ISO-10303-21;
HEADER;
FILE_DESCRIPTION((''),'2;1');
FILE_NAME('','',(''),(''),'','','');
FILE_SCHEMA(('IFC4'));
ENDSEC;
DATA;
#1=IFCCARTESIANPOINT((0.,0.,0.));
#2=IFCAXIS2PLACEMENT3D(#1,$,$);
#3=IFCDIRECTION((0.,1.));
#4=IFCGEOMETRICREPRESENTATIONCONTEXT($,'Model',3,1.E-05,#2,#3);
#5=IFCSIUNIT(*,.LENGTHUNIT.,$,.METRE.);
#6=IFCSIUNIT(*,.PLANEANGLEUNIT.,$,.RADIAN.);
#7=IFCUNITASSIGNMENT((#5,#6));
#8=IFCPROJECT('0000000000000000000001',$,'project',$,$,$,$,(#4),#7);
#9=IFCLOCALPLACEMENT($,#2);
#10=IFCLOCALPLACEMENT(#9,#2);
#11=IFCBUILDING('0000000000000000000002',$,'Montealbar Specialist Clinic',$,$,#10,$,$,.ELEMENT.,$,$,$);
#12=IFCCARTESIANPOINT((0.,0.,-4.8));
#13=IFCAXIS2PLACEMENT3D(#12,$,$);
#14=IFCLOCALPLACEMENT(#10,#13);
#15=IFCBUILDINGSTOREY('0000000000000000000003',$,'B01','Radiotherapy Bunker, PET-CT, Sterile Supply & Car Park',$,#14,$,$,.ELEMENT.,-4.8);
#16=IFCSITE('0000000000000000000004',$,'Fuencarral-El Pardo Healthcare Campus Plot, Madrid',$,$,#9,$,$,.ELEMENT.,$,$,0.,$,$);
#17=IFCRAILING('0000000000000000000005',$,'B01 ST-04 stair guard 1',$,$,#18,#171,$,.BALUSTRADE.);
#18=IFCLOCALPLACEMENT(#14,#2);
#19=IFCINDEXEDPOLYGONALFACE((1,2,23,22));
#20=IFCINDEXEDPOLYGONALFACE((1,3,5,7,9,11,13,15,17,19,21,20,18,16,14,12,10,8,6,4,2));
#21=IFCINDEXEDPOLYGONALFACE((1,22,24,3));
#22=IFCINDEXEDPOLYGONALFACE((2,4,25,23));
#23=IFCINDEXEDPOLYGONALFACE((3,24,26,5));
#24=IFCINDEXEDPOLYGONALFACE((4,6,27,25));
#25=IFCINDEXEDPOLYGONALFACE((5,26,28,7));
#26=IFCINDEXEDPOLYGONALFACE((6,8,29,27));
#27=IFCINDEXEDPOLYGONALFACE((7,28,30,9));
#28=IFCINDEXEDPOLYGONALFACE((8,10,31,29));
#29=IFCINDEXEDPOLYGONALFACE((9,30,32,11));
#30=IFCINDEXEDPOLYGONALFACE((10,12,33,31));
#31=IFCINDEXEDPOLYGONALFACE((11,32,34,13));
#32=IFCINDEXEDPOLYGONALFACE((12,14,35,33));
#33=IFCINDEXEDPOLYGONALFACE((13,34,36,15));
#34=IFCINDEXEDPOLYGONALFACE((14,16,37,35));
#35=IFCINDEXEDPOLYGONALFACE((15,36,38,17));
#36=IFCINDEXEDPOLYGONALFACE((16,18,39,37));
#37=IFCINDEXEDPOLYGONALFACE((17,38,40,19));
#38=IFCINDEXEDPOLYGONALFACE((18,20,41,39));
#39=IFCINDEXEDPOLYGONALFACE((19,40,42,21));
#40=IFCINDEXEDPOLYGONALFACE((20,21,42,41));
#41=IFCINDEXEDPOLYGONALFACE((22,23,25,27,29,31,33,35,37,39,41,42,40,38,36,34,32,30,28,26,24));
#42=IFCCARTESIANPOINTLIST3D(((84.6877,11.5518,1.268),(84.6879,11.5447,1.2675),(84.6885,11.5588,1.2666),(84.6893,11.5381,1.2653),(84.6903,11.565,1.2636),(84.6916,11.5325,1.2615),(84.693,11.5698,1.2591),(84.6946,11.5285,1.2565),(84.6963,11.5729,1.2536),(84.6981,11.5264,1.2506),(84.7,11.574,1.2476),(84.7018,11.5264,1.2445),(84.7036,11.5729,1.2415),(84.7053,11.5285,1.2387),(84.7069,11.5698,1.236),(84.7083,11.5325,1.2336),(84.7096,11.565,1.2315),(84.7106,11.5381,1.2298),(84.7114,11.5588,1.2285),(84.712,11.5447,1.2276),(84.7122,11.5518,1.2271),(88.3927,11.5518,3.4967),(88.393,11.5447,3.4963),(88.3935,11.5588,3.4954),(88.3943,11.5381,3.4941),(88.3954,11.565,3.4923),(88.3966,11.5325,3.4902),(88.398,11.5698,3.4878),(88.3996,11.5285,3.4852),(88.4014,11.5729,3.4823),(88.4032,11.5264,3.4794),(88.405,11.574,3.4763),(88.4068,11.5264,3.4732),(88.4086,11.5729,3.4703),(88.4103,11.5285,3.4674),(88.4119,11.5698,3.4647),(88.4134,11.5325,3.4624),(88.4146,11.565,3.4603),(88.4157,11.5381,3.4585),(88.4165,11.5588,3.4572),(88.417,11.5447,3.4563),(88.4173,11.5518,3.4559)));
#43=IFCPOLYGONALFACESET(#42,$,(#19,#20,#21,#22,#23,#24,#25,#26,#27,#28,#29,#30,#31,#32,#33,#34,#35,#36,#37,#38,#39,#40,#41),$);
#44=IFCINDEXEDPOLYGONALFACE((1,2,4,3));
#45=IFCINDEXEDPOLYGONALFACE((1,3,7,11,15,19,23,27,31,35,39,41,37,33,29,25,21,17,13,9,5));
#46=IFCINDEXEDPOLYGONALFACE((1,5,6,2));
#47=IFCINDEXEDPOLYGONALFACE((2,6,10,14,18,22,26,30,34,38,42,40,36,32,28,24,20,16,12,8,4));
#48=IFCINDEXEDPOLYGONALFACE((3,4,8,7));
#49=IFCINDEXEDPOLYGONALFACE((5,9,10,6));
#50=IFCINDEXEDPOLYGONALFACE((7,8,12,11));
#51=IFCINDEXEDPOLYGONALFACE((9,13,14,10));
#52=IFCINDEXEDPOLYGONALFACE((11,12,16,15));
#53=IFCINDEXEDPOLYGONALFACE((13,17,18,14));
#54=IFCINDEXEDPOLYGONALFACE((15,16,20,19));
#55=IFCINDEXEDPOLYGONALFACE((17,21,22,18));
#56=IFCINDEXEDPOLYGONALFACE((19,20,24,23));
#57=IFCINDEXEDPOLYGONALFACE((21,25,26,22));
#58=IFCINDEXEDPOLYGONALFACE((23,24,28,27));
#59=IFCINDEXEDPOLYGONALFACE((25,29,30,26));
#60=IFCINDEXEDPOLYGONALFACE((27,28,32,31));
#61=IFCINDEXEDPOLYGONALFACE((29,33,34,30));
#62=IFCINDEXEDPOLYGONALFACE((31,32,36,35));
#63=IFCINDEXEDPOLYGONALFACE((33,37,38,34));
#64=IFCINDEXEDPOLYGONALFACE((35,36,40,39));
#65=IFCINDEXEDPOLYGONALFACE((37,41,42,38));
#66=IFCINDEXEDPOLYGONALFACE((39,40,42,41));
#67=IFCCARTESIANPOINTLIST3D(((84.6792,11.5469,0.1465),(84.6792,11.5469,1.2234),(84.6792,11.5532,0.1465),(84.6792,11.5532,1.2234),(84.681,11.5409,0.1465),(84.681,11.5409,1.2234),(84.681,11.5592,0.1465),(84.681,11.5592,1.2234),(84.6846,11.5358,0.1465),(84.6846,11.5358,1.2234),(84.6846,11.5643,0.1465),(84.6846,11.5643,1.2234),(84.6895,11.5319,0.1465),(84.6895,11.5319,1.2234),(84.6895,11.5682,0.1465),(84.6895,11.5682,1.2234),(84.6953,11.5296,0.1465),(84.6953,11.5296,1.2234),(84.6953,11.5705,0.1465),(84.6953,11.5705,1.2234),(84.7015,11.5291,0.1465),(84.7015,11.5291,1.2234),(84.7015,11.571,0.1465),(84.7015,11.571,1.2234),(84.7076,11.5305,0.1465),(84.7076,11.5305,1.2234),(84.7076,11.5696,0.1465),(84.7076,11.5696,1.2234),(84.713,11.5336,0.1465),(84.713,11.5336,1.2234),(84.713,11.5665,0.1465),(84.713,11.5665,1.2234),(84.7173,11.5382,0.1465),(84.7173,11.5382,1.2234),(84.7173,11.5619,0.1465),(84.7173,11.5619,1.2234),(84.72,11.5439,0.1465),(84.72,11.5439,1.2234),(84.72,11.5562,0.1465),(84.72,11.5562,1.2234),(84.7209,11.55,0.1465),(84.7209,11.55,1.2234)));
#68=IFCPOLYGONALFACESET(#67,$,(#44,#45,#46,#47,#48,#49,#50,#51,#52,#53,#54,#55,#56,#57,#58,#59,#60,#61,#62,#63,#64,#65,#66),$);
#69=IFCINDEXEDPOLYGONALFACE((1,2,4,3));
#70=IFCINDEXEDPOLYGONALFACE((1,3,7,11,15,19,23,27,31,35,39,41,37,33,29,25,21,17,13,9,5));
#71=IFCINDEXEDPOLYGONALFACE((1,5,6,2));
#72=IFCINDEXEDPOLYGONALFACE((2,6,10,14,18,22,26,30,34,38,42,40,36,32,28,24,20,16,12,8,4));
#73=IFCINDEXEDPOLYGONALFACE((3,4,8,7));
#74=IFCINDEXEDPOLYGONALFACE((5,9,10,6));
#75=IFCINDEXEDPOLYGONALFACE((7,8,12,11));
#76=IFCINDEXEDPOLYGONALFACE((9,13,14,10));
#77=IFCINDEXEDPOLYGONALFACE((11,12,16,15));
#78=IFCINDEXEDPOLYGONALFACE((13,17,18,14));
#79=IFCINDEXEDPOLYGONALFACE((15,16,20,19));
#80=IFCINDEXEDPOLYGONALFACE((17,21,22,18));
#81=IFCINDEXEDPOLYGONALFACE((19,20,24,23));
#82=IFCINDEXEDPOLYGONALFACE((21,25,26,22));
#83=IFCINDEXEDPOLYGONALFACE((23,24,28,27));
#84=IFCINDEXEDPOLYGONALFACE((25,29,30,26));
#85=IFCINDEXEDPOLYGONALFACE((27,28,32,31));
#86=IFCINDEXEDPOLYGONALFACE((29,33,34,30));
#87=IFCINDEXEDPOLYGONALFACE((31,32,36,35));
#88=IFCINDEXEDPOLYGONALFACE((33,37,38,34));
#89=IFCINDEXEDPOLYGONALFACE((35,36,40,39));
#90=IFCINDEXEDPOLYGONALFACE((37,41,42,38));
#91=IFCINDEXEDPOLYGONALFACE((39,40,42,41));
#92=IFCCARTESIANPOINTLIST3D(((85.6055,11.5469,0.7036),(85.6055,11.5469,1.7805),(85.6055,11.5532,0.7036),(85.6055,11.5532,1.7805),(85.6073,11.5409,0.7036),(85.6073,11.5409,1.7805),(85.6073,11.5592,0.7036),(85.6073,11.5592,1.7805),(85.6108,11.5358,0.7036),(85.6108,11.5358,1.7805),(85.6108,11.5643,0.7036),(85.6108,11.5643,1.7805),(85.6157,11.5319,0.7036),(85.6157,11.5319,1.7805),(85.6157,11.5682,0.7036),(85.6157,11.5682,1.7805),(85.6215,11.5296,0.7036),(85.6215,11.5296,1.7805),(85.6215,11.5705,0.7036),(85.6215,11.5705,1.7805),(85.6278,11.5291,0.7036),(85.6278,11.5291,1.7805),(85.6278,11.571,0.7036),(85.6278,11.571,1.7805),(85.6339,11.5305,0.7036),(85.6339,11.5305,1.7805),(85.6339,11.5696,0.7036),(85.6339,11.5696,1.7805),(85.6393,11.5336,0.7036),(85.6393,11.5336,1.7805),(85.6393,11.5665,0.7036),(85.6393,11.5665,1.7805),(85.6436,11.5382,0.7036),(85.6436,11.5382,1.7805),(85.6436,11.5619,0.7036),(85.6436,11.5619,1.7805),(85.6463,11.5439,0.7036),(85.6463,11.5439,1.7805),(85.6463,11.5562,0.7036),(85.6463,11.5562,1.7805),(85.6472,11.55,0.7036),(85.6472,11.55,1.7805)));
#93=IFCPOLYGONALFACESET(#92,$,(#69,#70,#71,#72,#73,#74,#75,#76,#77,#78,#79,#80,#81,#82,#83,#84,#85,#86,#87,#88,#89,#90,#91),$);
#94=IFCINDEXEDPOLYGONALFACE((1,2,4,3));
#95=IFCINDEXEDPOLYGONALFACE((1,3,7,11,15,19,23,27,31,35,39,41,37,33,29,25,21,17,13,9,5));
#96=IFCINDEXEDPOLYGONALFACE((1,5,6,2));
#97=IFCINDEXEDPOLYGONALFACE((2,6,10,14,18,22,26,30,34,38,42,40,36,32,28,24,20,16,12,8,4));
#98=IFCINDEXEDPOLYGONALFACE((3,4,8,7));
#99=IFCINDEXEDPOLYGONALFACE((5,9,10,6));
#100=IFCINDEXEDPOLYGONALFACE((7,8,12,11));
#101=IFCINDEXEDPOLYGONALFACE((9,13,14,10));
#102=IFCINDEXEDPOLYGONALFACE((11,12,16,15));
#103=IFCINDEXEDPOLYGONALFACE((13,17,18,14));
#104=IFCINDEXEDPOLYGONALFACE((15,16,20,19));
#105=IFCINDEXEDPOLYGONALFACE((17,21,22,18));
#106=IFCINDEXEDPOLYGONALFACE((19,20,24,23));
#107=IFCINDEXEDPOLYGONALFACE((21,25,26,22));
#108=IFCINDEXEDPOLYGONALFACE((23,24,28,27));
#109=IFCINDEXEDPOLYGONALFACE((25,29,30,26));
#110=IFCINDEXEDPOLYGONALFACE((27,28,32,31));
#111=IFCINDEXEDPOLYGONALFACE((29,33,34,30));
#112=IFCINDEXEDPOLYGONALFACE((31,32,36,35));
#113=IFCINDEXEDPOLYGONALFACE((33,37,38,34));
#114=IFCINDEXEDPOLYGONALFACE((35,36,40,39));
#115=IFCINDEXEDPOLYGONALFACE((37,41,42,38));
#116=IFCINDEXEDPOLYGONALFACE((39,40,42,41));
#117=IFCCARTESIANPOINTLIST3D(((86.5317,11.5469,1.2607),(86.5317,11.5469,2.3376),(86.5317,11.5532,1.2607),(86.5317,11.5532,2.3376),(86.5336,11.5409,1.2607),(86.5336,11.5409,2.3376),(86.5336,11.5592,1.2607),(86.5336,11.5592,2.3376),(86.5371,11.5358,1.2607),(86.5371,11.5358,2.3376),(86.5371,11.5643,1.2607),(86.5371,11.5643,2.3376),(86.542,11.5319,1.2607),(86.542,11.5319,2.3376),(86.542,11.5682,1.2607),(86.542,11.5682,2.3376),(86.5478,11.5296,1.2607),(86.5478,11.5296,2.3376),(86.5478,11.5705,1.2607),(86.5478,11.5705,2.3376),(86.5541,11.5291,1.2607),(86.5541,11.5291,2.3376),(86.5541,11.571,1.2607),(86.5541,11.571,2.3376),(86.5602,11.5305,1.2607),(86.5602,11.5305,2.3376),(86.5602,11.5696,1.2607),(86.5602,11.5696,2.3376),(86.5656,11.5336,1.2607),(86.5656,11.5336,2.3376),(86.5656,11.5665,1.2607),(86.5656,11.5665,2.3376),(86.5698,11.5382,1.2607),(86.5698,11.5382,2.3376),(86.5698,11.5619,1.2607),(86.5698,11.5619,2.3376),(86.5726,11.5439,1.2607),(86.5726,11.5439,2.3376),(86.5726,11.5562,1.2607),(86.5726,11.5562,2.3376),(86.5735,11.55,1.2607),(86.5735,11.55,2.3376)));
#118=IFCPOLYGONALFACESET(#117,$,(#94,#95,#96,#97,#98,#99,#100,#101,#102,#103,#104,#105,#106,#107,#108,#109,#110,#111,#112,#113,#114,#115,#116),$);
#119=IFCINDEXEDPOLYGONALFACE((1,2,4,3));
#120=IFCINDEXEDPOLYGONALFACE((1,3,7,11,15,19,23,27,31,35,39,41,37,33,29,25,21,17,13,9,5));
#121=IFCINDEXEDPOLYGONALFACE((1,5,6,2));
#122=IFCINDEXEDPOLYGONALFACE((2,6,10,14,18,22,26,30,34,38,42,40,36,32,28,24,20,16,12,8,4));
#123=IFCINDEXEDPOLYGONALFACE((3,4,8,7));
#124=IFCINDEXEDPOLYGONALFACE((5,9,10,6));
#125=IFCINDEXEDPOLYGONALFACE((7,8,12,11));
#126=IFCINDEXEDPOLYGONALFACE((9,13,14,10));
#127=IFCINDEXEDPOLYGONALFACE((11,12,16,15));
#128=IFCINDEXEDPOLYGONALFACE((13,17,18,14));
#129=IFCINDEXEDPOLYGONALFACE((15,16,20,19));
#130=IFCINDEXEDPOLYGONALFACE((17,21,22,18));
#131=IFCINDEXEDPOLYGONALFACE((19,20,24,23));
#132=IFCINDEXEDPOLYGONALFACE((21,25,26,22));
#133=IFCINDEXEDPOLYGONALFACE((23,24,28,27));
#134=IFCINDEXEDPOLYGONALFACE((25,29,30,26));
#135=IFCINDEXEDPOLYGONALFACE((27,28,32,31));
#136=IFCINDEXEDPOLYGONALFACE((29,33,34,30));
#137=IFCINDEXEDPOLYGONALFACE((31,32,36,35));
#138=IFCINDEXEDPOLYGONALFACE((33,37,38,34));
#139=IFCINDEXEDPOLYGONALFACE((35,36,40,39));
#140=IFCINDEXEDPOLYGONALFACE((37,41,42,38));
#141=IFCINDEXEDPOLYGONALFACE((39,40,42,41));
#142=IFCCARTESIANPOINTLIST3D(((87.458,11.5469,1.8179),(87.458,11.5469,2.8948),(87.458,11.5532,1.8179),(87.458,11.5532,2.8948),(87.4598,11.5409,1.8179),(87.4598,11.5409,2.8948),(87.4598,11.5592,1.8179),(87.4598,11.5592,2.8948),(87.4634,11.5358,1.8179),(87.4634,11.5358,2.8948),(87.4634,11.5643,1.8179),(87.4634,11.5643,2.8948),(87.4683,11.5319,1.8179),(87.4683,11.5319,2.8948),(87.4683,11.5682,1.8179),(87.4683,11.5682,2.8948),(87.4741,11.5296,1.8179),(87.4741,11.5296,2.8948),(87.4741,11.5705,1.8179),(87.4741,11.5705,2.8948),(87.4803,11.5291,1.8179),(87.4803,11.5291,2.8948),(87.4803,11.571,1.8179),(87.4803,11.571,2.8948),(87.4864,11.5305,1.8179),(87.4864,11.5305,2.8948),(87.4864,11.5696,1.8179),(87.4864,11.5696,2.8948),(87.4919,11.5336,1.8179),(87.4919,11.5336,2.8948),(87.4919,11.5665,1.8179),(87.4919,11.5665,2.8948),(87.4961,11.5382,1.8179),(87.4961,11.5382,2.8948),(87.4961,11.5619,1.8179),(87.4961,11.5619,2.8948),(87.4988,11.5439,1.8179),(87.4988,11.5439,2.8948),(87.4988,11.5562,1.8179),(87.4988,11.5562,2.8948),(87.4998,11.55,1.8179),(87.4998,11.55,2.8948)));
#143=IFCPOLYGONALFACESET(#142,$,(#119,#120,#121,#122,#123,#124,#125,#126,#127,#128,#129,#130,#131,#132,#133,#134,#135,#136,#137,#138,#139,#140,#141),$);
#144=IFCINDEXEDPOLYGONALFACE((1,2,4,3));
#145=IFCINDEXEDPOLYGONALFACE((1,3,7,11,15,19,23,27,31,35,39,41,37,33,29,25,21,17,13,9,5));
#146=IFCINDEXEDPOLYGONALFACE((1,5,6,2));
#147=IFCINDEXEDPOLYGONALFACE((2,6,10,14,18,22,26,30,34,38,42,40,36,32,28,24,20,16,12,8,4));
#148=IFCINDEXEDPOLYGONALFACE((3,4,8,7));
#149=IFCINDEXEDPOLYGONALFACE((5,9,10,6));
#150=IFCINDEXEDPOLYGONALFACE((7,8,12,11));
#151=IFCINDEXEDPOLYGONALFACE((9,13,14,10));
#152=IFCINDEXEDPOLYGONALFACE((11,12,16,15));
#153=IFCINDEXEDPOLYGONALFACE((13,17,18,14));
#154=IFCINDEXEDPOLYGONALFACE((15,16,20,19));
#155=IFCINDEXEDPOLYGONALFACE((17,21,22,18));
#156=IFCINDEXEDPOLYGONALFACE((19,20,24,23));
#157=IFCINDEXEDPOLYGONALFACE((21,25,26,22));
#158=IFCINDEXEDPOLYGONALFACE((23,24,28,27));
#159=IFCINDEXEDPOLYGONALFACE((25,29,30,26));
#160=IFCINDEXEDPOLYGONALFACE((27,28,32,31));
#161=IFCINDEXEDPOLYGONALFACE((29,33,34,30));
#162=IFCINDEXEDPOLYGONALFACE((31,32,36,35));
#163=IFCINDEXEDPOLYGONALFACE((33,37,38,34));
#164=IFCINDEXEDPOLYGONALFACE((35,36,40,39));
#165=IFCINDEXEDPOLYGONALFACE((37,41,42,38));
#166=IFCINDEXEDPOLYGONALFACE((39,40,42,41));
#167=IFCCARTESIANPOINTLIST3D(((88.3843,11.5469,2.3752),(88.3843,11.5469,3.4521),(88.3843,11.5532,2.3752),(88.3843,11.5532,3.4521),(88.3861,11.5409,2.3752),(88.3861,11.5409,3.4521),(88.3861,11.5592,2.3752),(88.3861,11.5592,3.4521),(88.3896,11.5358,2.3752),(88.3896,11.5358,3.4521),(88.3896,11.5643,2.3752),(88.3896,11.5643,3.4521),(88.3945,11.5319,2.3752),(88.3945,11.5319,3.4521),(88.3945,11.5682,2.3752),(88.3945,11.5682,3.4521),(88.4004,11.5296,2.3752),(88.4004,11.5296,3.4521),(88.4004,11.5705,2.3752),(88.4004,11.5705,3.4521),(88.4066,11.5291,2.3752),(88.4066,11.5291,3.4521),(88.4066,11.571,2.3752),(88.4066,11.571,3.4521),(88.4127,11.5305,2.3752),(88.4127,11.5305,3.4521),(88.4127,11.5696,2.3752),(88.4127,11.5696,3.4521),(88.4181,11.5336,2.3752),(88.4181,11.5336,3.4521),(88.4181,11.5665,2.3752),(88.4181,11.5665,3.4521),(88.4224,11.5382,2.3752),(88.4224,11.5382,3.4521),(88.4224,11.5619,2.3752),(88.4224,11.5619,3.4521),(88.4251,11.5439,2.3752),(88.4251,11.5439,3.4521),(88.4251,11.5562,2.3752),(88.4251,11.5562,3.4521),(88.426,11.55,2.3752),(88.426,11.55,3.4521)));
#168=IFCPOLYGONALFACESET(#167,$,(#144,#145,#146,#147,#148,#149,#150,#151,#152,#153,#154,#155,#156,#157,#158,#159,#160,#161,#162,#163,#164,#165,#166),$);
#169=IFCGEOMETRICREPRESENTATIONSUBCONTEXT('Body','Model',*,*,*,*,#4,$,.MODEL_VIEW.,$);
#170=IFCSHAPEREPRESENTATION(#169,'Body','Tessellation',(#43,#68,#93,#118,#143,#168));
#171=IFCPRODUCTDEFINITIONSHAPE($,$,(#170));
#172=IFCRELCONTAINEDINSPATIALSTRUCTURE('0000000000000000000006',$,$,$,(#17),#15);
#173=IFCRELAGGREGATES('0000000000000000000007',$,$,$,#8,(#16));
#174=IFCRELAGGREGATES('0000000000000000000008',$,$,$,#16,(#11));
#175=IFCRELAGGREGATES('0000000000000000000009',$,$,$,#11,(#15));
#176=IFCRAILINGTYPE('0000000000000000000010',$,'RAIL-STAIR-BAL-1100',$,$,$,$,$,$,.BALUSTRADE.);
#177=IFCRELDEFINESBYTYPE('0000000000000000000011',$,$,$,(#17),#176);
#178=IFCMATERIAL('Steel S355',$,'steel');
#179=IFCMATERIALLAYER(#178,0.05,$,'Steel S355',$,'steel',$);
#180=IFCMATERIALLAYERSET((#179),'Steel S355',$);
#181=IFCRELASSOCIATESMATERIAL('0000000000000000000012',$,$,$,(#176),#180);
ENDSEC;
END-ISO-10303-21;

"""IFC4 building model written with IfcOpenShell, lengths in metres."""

from ifc_helpers import new_model, si_unit, direction, frame, origin, origin_2d, place, context, subcontext, project, spatial, circle, extrude, material, layer, layer_set, type_object, element, save


model = new_model("IFC4")

# Units and contexts
model_context = context("Model", 3, precision=1e-05, world=origin(), true_north=direction((0.0, 1.0)))
body_context = subcontext(model_context, "Body", "Model", "MODEL_VIEW")
ifc_project = project(units=[si_unit("LENGTHUNIT", "METRE"), si_unit("PLANEANGLEUNIT", "RADIAN")], contexts=[model_context])

# Site, building, storey
site_placement = place(None, origin())
site = spatial("IfcSite", under=ifc_project, at=site_placement, Name="Fuencarral-El Pardo Healthcare Campus Plot, Madrid", CompositionType="ELEMENT", RefElevation=0.0)
building_placement = place(site_placement, origin())
building = spatial("IfcBuilding", under=site, at=building_placement, Name="Montealbar Specialist Clinic", CompositionType="ELEMENT")
storey_placement = place(building_placement, frame((0.0, 0.0, -4.8)))
storey = spatial("IfcBuildingStorey", under=building, at=storey_placement, Name="B01", Description="Radiotherapy Bunker, PET-CT, Sterile Supply & Car Park", CompositionType="ELEMENT", Elevation=-4.8)

# Shared definitions
ifc_material_1 = material(Name="Steel S355", Category="steel")

# Railing
ifc_layer_1 = layer(ifc_material_1, 0.05, Name="Steel S355", Category="steel")
ifc_layer_set_1 = layer_set([ifc_layer_1], Name="Steel S355")
railing_type_1 = type_object("IfcRailingType", Name="RAIL-STAIR-BAL-1100", PredefinedType="BALUSTRADE", material=ifc_layer_set_1)
railing_1_placement = place(storey_placement, frame((84.7, 11.55, 0.1714)))
element("IfcRailing", 1, at=railing_1_placement, inside=storey, type_object=railing_type_1, Name="B01 ST-04 stair guard 1", PredefinedType="BALUSTRADE", context=body_context, shape_type="SweptSolid", body=[
    extrude(circle(Radius=0.0239, at=origin_2d()), frame((0.0, 0.0, 1.0762), z_axis=(0.856909, 0.0, 0.515467), x_axis=(0.0, 1.0, 0.0)), (0.0, 0.0, 1.0), 4.3237),
    extrude(circle(Radius=0.021, at=origin_2d()), frame((0.0, 0.0, -0.0249)), (0.0, 0.0, 1.0), 1.0769),
    extrude(circle(Radius=0.021, at=origin_2d()), frame((0.9263, 0.0, 0.5322)), (0.0, 0.0, 1.0), 1.0769),
    extrude(circle(Radius=0.021, at=origin_2d()), frame((1.8525, 0.0, 1.0894)), (0.0, 0.0, 1.0), 1.0769),
    extrude(circle(Radius=0.021, at=origin_2d()), frame((2.7788, 0.0, 1.6465)), (0.0, 0.0, 1.0), 1.0769),
    extrude(circle(Radius=0.021, at=origin_2d()), frame((3.7051, 0.0, 2.2039)), (0.0, 0.0, 1.0), 1.0769),
])

save(model, "model.ifc")
